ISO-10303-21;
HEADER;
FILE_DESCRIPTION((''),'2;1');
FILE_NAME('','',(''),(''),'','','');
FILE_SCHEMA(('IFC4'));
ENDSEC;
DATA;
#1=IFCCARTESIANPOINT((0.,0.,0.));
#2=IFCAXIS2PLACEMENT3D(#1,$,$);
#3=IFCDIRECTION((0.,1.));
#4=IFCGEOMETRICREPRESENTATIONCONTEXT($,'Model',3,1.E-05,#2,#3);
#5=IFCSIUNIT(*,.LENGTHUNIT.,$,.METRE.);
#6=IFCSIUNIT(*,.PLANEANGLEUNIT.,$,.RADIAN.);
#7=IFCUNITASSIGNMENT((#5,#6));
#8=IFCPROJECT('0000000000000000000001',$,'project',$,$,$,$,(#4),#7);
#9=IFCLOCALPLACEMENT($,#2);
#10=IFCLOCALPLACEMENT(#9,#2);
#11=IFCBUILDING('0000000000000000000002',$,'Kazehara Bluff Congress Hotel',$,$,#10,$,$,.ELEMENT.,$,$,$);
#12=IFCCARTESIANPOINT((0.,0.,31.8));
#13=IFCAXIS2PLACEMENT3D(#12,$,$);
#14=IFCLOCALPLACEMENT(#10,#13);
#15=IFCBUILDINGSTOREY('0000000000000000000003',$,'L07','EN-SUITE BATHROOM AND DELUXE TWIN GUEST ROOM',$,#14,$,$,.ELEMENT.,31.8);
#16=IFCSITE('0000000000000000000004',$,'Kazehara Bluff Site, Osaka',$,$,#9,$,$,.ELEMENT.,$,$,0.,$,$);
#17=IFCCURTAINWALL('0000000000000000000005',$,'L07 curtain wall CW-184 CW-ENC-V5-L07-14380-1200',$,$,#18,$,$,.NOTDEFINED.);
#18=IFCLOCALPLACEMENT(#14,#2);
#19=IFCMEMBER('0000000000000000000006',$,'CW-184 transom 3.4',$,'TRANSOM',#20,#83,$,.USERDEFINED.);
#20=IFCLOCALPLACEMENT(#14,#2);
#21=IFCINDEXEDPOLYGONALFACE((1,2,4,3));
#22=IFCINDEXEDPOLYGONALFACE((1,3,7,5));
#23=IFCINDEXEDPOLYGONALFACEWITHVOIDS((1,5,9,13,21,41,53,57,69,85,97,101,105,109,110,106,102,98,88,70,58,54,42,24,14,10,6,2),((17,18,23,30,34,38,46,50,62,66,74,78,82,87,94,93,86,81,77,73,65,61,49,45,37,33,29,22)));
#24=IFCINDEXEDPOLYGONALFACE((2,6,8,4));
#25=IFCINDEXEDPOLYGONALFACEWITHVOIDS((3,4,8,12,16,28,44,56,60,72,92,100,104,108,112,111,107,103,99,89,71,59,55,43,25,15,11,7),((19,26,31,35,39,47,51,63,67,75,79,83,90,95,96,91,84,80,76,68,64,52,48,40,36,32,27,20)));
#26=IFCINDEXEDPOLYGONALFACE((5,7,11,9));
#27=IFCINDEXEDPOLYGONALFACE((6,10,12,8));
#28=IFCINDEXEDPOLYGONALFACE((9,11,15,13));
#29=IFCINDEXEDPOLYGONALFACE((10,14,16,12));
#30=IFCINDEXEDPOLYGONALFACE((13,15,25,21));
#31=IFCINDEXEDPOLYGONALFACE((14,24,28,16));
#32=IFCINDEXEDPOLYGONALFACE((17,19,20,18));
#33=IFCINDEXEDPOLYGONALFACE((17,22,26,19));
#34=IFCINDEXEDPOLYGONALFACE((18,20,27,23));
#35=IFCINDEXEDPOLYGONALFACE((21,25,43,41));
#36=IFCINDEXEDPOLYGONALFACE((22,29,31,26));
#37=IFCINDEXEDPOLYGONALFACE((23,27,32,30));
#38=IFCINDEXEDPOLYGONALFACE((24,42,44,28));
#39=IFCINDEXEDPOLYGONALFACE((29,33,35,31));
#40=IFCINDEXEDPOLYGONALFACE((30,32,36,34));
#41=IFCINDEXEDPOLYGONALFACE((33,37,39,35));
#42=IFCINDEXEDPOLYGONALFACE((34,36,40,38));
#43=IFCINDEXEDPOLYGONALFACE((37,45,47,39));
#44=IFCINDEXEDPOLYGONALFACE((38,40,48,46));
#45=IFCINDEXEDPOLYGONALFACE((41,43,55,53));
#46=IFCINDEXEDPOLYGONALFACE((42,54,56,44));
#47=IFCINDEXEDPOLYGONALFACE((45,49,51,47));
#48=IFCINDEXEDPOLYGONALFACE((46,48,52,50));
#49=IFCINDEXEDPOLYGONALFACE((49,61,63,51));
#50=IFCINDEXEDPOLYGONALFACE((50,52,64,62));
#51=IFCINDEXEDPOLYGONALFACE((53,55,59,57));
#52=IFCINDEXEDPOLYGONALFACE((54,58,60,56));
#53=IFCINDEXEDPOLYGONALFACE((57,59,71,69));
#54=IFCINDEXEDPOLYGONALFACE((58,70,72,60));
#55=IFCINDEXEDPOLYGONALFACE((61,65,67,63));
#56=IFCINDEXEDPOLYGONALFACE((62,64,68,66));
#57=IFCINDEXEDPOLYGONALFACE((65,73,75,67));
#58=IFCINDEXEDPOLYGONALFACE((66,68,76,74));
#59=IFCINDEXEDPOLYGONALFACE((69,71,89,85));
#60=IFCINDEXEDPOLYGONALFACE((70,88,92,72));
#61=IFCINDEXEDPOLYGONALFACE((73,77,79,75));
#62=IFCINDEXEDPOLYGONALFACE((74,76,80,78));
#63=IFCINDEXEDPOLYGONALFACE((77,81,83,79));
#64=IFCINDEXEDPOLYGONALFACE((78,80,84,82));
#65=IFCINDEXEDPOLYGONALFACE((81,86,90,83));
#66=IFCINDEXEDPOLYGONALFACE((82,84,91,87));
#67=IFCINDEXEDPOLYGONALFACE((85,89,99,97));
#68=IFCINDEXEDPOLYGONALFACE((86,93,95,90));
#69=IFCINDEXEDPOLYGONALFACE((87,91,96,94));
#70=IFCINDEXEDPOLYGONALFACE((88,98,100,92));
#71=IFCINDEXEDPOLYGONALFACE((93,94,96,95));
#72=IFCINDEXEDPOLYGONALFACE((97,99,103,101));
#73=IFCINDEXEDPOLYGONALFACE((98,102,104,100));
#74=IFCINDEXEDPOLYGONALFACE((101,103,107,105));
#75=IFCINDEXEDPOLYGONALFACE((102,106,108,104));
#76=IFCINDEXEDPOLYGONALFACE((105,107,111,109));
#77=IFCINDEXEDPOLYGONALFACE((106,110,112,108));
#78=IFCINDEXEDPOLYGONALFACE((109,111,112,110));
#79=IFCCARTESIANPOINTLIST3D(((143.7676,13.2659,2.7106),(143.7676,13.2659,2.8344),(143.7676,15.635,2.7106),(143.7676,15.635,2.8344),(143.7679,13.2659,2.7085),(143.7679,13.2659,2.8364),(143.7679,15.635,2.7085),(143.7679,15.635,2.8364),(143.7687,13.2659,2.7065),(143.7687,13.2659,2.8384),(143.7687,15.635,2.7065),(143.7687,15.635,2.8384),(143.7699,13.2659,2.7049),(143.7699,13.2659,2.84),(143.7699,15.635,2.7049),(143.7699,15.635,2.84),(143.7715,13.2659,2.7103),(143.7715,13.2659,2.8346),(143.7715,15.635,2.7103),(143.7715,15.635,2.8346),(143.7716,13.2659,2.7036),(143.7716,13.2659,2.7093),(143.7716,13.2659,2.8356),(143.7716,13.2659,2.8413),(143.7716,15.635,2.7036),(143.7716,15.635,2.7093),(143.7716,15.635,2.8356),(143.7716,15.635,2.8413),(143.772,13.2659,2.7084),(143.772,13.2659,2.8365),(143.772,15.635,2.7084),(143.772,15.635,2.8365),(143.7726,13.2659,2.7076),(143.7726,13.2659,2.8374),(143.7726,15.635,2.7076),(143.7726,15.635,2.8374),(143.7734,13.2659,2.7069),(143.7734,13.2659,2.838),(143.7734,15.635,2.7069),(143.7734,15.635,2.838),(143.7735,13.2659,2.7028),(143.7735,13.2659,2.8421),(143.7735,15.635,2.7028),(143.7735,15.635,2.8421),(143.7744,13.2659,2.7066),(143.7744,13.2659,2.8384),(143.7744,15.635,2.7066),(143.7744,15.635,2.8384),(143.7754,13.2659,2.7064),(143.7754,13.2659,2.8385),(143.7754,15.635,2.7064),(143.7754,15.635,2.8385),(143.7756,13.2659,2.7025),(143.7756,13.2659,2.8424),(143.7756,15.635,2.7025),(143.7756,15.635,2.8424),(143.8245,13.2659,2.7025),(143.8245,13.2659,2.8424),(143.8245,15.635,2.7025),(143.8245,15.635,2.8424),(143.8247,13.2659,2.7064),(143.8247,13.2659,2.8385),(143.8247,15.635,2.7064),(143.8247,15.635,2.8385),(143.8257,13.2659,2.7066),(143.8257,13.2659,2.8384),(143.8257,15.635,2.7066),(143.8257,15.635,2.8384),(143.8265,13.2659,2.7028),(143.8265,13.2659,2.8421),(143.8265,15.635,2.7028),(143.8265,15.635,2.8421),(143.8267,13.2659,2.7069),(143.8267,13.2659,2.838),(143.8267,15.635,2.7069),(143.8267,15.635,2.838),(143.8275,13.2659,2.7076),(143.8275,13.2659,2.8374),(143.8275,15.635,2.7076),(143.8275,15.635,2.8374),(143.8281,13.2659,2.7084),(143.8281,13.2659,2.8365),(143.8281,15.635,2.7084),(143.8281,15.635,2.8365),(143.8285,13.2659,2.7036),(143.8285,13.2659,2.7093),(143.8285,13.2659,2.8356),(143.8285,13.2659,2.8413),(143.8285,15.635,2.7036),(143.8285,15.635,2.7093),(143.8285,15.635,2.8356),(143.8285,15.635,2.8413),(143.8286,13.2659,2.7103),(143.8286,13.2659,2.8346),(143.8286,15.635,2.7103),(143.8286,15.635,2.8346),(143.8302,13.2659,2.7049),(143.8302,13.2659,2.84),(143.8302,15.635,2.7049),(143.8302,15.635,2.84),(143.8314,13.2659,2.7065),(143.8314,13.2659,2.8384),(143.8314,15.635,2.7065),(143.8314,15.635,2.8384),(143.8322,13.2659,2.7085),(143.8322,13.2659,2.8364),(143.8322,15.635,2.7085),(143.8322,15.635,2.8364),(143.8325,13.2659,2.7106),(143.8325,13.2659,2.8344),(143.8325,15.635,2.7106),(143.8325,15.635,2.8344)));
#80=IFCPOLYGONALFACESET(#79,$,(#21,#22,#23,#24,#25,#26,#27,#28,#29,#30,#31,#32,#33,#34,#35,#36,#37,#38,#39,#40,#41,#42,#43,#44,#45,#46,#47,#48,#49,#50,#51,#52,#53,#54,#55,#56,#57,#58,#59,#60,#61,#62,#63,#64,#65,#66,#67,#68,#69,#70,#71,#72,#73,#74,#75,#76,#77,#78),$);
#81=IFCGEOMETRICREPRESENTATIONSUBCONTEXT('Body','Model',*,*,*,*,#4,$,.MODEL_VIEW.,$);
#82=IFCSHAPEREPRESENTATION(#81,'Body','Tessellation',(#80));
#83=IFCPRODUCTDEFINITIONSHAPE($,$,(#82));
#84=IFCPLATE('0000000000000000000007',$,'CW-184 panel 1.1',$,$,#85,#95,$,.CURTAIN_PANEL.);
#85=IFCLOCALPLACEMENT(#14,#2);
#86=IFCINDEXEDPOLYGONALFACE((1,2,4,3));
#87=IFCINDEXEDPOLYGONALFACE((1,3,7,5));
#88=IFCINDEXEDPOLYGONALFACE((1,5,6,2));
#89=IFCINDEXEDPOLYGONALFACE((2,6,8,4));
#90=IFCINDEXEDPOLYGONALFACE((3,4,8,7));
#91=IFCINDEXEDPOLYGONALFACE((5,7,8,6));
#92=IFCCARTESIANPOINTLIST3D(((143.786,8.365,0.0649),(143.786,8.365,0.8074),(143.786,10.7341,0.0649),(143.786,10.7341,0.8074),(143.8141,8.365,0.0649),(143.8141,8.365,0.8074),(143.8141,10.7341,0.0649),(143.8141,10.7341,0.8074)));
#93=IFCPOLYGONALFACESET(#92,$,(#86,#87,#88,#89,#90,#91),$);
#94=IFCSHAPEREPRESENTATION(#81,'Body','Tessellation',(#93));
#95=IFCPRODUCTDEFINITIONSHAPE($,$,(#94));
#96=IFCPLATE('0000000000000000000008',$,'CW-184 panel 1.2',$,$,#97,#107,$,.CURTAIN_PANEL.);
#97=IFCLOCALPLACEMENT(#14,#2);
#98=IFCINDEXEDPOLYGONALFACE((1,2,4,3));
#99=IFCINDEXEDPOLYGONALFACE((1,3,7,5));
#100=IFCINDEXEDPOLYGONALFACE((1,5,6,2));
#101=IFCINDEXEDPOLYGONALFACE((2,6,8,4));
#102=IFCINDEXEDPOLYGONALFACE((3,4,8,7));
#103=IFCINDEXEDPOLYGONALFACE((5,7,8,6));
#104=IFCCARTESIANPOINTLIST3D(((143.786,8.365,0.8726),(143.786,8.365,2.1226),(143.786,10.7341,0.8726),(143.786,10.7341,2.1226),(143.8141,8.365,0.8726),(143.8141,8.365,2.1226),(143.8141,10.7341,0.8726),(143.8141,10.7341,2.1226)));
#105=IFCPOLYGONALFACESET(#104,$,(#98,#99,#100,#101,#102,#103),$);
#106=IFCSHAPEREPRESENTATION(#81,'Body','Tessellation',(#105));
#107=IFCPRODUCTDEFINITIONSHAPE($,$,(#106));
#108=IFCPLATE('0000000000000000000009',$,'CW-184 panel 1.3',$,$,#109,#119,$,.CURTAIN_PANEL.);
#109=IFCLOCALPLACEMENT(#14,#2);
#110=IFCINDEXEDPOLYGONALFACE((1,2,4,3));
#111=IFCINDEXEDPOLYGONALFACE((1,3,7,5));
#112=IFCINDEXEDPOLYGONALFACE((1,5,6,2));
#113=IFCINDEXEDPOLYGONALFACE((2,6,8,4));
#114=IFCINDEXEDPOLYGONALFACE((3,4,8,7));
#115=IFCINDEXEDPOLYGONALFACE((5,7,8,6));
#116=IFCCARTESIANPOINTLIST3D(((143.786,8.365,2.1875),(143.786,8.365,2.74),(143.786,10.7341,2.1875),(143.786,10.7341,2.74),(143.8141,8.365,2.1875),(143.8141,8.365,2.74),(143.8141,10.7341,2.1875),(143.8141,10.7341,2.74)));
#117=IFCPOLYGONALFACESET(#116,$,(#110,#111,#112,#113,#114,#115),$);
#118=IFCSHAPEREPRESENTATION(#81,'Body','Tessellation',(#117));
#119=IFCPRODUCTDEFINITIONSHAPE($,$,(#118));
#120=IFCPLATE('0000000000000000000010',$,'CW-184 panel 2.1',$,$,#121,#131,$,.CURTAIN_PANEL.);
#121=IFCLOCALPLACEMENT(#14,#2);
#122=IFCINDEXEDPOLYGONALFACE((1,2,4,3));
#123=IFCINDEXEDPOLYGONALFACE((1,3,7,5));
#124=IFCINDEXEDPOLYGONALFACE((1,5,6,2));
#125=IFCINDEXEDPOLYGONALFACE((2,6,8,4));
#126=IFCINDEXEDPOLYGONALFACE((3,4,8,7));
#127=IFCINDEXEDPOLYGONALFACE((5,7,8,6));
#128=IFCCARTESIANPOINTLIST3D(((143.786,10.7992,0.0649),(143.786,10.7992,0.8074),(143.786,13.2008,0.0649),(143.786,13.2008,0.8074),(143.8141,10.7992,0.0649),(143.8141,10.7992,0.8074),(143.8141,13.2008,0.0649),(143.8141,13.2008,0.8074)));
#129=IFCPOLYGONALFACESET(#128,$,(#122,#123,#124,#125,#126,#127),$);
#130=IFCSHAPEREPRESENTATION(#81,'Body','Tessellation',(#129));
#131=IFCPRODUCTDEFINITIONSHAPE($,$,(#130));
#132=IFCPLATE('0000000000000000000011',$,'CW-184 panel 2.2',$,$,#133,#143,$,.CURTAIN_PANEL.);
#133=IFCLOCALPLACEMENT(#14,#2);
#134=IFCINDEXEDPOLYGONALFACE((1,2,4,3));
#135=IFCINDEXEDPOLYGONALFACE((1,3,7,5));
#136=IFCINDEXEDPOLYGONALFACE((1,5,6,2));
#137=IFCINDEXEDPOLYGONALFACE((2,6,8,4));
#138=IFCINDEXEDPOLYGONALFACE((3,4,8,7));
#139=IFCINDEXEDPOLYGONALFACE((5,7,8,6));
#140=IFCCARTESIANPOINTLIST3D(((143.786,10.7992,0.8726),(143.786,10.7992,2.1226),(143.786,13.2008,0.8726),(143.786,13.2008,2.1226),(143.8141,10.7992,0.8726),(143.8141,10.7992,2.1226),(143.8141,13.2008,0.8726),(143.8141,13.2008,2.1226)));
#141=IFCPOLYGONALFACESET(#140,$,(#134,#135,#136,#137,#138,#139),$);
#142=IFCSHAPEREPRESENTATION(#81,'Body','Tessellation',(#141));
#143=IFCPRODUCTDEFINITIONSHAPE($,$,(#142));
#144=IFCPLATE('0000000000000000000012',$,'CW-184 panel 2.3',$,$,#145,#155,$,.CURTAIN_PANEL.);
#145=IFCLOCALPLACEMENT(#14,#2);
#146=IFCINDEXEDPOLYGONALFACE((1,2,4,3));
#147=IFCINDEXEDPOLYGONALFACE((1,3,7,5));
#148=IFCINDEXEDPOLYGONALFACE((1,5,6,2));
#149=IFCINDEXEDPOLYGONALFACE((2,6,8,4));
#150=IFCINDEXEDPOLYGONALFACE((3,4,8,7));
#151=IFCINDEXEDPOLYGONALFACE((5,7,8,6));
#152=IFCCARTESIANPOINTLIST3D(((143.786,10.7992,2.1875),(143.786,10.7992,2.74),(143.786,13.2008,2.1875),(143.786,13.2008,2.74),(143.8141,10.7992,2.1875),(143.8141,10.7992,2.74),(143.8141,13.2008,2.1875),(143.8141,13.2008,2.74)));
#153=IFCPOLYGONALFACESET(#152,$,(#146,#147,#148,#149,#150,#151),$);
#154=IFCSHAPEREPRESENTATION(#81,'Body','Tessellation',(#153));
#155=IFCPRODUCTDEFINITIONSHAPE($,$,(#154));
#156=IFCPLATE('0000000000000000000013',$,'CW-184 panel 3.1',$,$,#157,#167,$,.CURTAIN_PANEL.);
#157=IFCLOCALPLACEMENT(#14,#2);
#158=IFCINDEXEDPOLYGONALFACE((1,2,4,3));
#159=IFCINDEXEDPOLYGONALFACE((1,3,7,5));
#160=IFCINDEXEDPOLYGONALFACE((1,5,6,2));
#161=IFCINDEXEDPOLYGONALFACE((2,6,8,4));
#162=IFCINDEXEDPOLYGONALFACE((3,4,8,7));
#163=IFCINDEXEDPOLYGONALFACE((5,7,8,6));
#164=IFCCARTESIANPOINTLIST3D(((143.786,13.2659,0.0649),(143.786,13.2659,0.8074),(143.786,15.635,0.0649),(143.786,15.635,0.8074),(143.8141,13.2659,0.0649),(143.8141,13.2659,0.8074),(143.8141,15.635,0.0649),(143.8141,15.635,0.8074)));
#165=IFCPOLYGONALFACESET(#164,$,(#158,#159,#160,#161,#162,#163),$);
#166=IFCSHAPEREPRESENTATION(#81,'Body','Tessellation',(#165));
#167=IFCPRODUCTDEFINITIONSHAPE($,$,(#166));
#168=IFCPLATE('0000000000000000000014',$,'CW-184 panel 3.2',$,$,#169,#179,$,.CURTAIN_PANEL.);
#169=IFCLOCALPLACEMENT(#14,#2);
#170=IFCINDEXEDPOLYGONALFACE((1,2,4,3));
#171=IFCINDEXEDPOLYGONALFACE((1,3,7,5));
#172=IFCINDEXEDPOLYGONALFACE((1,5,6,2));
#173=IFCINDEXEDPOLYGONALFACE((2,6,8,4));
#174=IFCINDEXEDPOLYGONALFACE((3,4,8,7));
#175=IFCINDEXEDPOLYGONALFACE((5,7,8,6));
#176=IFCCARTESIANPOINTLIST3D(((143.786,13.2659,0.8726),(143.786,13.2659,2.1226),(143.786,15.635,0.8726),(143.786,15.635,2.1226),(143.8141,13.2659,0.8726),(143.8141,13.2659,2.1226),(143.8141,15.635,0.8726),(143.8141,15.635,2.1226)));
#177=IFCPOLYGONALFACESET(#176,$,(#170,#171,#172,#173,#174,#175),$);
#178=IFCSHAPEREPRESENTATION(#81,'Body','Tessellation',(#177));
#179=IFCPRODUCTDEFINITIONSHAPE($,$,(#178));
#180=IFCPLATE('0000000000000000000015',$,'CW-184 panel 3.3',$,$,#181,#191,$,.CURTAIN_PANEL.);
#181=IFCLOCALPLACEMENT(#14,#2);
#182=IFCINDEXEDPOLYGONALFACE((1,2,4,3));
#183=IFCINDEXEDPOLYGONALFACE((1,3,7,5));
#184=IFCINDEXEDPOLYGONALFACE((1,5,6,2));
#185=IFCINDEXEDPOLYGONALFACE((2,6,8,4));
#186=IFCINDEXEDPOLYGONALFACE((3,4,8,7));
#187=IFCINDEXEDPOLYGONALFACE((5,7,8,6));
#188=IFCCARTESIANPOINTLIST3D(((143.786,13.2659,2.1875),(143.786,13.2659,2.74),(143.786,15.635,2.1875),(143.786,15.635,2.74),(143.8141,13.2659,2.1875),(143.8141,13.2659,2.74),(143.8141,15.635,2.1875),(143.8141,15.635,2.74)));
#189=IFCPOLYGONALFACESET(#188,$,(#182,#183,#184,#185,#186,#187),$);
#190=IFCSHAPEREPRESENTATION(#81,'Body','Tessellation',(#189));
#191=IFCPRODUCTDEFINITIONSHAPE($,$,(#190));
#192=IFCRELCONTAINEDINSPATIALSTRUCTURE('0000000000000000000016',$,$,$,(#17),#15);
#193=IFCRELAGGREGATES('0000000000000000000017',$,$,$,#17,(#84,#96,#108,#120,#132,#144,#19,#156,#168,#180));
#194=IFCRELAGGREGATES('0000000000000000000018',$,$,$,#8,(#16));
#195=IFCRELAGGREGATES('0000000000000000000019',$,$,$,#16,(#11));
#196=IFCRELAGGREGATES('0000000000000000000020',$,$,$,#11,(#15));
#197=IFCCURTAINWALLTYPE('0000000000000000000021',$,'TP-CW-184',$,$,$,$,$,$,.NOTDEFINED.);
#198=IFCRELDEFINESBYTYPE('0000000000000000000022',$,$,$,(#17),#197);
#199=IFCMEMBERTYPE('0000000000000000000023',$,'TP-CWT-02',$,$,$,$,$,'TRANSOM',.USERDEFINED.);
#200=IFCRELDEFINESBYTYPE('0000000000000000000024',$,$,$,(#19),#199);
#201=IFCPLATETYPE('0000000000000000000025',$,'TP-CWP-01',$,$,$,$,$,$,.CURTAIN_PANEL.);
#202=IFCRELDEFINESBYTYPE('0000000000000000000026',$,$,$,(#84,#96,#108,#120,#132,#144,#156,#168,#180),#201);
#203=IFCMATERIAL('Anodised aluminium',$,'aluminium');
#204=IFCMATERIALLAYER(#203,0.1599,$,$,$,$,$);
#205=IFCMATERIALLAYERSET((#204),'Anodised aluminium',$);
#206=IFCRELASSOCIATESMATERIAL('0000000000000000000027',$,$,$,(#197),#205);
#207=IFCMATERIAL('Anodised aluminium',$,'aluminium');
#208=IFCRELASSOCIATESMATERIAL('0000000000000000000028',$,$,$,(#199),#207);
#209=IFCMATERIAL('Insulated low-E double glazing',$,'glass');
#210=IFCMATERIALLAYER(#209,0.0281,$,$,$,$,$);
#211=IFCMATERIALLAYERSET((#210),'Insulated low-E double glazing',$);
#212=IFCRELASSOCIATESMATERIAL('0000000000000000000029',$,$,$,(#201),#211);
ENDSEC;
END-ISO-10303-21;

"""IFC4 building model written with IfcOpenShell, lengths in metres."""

from ifc_helpers import new_model, si_unit, direction, frame, origin, origin_2d, place, context, subcontext, project, spatial, rectangle, hollow_rectangle, extrude, material, layer, layer_set, material_profile, profile_set, type_object, element, aggregate, save


model = new_model("IFC4")

# Units and contexts
model_context = context("Model", 3, precision=1e-05, world=origin(), true_north=direction((0.0, 1.0)))
body_context = subcontext(model_context, "Body", "Model", "MODEL_VIEW")
ifc_project = project(units=[si_unit("LENGTHUNIT", "METRE"), si_unit("PLANEANGLEUNIT", "RADIAN")], contexts=[model_context])

# Site, building, storey
site_placement = place(None, origin())
site = spatial("IfcSite", under=ifc_project, at=site_placement, Name="Kazehara Bluff Site, Osaka", CompositionType="ELEMENT", RefElevation=0.0)
building_placement = place(site_placement, origin())
building = spatial("IfcBuilding", under=site, at=building_placement, Name="Kazehara Bluff Congress Hotel", CompositionType="ELEMENT")
storey_placement = place(building_placement, frame((0.0, 0.0, 31.8)))
storey = spatial("IfcBuildingStorey", under=building, at=storey_placement, Name="L07", Description="EN-SUITE BATHROOM AND DELUXE TWIN GUEST ROOM", CompositionType="ELEMENT", Elevation=31.8)

# Curtain wall
ifc_material_1 = material(Name="Anodised aluminium", Category="aluminium")
ifc_layer_1 = layer(ifc_material_1, 0.1599)
ifc_layer_set_1 = layer_set([ifc_layer_1], Name="Anodised aluminium")
curtain_wall_type_1 = type_object("IfcCurtainWallType", Name="TP-CW-184", PredefinedType="NOTDEFINED", material=ifc_layer_set_1)
curtain_wall_1_placement = place(storey_placement, origin())
curtain_wall_1 = element("IfcCurtainWall", 1, at=curtain_wall_1_placement, inside=storey, type_object=curtain_wall_type_1, Name="L07 curtain wall CW-184 CW-ENC-V5-L07-14380-1200", PredefinedType="NOTDEFINED")

# Member
ifc_material_2 = material(Name="Anodised aluminium", Category="aluminium")
ifc_material_profile_1 = material_profile(ifc_material_2, hollow_rectangle(XDim=0.0649, YDim=0.1399, WallThickness=0.0039, InnerFilletRadius=0.0039, OuterFilletRadius=0.0081, at=origin_2d()))
ifc_profile_set_1 = profile_set([ifc_material_profile_1], Name="Anodised aluminium")
member_type_1 = type_object("IfcMemberType", Name="TP-CWT-02", ElementType="TRANSOM", PredefinedType="USERDEFINED", material=ifc_profile_set_1)
member_1_placement = place(storey_placement, frame((143.8, 13.2659, 2.7725), z_axis=(0.0, 1.0, 0.0), x_axis=(-1.0, 0.0, 0.0)))
member_1 = element("IfcMember", 2, at=member_1_placement, type_object=member_type_1, Name="CW-184 transom 3.4", ObjectType="TRANSOM", PredefinedType="USERDEFINED", context=body_context, shape_type="SweptSolid", body=[
    extrude(hollow_rectangle(XDim=0.0649, YDim=0.1399, WallThickness=0.0039, InnerFilletRadius=0.0039, OuterFilletRadius=0.0081, at=origin_2d()), origin(), (0.0, 0.0, 1.0), 2.3691),
])

# Plates
ifc_material_3 = material(Name="Insulated low-E double glazing", Category="glass")
ifc_layer_2 = layer(ifc_material_3, 0.0281)
ifc_layer_set_2 = layer_set([ifc_layer_2], Name="Insulated low-E double glazing")
plate_type_1 = type_object("IfcPlateType", Name="TP-CWP-01", PredefinedType="CURTAIN_PANEL", material=ifc_layer_set_2)
plate_1_placement = place(storey_placement, frame((143.8, 9.5496, 0.0649), z_axis=(0.0, 0.0, 1.0), x_axis=(0.0, 1.0, 0.0)))
plate_1 = element("IfcPlate", 3, at=plate_1_placement, type_object=plate_type_1, Name="CW-184 panel 1.1", PredefinedType="CURTAIN_PANEL", context=body_context, shape_type="SweptSolid", body=[
    extrude(rectangle(XDim=2.3691, YDim=0.0281, at=origin_2d()), origin(), (0.0, 0.0, 1.0), 0.7424),
])
plate_2_placement = place(storey_placement, frame((143.8, 9.5496, 0.8726), z_axis=(0.0, 0.0, 1.0), x_axis=(0.0, 1.0, 0.0)))
plate_2 = element("IfcPlate", 4, at=plate_2_placement, type_object=plate_type_1, Name="CW-184 panel 1.2", PredefinedType="CURTAIN_PANEL", context=body_context, shape_type="SweptSolid", body=[
    extrude(rectangle(XDim=2.3691, YDim=0.0281, at=origin_2d()), origin(), (0.0, 0.0, 1.0), 1.25),
])
plate_3_placement = place(storey_placement, frame((143.8, 9.5496, 2.1875), z_axis=(0.0, 0.0, 1.0), x_axis=(0.0, 1.0, 0.0)))
plate_3 = element("IfcPlate", 5, at=plate_3_placement, type_object=plate_type_1, Name="CW-184 panel 1.3", PredefinedType="CURTAIN_PANEL", context=body_context, shape_type="SweptSolid", body=[
    extrude(rectangle(XDim=2.3691, YDim=0.0281, at=origin_2d()), origin(), (0.0, 0.0, 1.0), 0.5525),
])
plate_4_placement = place(storey_placement, frame((143.8, 12.0, 0.0649), z_axis=(0.0, 0.0, 1.0), x_axis=(0.0, 1.0, 0.0)))
plate_4 = element("IfcPlate", 6, at=plate_4_placement, type_object=plate_type_1, Name="CW-184 panel 2.1", PredefinedType="CURTAIN_PANEL", context=body_context, shape_type="SweptSolid", body=[
    extrude(rectangle(XDim=2.4016, YDim=0.0281, at=origin_2d()), origin(), (0.0, 0.0, 1.0), 0.7424),
])
plate_5_placement = place(storey_placement, frame((143.8, 12.0, 0.8726), z_axis=(0.0, 0.0, 1.0), x_axis=(0.0, 1.0, 0.0)))
plate_5 = element("IfcPlate", 7, at=plate_5_placement, type_object=plate_type_1, Name="CW-184 panel 2.2", PredefinedType="CURTAIN_PANEL", context=body_context, shape_type="SweptSolid", body=[
    extrude(rectangle(XDim=2.4016, YDim=0.0281, at=origin_2d()), origin(), (0.0, 0.0, 1.0), 1.25),
])
plate_6_placement = place(storey_placement, frame((143.8, 12.0, 2.1875), z_axis=(0.0, 0.0, 1.0), x_axis=(0.0, 1.0, 0.0)))
plate_6 = element("IfcPlate", 8, at=plate_6_placement, type_object=plate_type_1, Name="CW-184 panel 2.3", PredefinedType="CURTAIN_PANEL", context=body_context, shape_type="SweptSolid", body=[
    extrude(rectangle(XDim=2.4016, YDim=0.0281, at=origin_2d()), origin(), (0.0, 0.0, 1.0), 0.5525),
])
plate_7_placement = place(storey_placement, frame((143.8, 14.4504, 0.0649), z_axis=(0.0, 0.0, 1.0), x_axis=(0.0, 1.0, 0.0)))
plate_7 = element("IfcPlate", 9, at=plate_7_placement, type_object=plate_type_1, Name="CW-184 panel 3.1", PredefinedType="CURTAIN_PANEL", context=body_context, shape_type="SweptSolid", body=[
    extrude(rectangle(XDim=2.3691, YDim=0.0281, at=origin_2d()), origin(), (0.0, 0.0, 1.0), 0.7424),
])
plate_8_placement = place(storey_placement, frame((143.8, 14.4504, 0.8726), z_axis=(0.0, 0.0, 1.0), x_axis=(0.0, 1.0, 0.0)))
plate_8 = element("IfcPlate", 10, at=plate_8_placement, type_object=plate_type_1, Name="CW-184 panel 3.2", PredefinedType="CURTAIN_PANEL", context=body_context, shape_type="SweptSolid", body=[
    extrude(rectangle(XDim=2.3691, YDim=0.0281, at=origin_2d()), origin(), (0.0, 0.0, 1.0), 1.25),
])
plate_9_placement = place(storey_placement, frame((143.8, 14.4504, 2.1875), z_axis=(0.0, 0.0, 1.0), x_axis=(0.0, 1.0, 0.0)))
plate_9 = element("IfcPlate", 11, at=plate_9_placement, type_object=plate_type_1, Name="CW-184 panel 3.3", PredefinedType="CURTAIN_PANEL", context=body_context, shape_type="SweptSolid", body=[
    extrude(rectangle(XDim=2.3691, YDim=0.0281, at=origin_2d()), origin(), (0.0, 0.0, 1.0), 0.5525),
])
aggregate(curtain_wall_1, [plate_1, plate_2, plate_3, plate_4, plate_5, plate_6, member_1, plate_7, plate_8, plate_9])

save(model, "model.ifc")
